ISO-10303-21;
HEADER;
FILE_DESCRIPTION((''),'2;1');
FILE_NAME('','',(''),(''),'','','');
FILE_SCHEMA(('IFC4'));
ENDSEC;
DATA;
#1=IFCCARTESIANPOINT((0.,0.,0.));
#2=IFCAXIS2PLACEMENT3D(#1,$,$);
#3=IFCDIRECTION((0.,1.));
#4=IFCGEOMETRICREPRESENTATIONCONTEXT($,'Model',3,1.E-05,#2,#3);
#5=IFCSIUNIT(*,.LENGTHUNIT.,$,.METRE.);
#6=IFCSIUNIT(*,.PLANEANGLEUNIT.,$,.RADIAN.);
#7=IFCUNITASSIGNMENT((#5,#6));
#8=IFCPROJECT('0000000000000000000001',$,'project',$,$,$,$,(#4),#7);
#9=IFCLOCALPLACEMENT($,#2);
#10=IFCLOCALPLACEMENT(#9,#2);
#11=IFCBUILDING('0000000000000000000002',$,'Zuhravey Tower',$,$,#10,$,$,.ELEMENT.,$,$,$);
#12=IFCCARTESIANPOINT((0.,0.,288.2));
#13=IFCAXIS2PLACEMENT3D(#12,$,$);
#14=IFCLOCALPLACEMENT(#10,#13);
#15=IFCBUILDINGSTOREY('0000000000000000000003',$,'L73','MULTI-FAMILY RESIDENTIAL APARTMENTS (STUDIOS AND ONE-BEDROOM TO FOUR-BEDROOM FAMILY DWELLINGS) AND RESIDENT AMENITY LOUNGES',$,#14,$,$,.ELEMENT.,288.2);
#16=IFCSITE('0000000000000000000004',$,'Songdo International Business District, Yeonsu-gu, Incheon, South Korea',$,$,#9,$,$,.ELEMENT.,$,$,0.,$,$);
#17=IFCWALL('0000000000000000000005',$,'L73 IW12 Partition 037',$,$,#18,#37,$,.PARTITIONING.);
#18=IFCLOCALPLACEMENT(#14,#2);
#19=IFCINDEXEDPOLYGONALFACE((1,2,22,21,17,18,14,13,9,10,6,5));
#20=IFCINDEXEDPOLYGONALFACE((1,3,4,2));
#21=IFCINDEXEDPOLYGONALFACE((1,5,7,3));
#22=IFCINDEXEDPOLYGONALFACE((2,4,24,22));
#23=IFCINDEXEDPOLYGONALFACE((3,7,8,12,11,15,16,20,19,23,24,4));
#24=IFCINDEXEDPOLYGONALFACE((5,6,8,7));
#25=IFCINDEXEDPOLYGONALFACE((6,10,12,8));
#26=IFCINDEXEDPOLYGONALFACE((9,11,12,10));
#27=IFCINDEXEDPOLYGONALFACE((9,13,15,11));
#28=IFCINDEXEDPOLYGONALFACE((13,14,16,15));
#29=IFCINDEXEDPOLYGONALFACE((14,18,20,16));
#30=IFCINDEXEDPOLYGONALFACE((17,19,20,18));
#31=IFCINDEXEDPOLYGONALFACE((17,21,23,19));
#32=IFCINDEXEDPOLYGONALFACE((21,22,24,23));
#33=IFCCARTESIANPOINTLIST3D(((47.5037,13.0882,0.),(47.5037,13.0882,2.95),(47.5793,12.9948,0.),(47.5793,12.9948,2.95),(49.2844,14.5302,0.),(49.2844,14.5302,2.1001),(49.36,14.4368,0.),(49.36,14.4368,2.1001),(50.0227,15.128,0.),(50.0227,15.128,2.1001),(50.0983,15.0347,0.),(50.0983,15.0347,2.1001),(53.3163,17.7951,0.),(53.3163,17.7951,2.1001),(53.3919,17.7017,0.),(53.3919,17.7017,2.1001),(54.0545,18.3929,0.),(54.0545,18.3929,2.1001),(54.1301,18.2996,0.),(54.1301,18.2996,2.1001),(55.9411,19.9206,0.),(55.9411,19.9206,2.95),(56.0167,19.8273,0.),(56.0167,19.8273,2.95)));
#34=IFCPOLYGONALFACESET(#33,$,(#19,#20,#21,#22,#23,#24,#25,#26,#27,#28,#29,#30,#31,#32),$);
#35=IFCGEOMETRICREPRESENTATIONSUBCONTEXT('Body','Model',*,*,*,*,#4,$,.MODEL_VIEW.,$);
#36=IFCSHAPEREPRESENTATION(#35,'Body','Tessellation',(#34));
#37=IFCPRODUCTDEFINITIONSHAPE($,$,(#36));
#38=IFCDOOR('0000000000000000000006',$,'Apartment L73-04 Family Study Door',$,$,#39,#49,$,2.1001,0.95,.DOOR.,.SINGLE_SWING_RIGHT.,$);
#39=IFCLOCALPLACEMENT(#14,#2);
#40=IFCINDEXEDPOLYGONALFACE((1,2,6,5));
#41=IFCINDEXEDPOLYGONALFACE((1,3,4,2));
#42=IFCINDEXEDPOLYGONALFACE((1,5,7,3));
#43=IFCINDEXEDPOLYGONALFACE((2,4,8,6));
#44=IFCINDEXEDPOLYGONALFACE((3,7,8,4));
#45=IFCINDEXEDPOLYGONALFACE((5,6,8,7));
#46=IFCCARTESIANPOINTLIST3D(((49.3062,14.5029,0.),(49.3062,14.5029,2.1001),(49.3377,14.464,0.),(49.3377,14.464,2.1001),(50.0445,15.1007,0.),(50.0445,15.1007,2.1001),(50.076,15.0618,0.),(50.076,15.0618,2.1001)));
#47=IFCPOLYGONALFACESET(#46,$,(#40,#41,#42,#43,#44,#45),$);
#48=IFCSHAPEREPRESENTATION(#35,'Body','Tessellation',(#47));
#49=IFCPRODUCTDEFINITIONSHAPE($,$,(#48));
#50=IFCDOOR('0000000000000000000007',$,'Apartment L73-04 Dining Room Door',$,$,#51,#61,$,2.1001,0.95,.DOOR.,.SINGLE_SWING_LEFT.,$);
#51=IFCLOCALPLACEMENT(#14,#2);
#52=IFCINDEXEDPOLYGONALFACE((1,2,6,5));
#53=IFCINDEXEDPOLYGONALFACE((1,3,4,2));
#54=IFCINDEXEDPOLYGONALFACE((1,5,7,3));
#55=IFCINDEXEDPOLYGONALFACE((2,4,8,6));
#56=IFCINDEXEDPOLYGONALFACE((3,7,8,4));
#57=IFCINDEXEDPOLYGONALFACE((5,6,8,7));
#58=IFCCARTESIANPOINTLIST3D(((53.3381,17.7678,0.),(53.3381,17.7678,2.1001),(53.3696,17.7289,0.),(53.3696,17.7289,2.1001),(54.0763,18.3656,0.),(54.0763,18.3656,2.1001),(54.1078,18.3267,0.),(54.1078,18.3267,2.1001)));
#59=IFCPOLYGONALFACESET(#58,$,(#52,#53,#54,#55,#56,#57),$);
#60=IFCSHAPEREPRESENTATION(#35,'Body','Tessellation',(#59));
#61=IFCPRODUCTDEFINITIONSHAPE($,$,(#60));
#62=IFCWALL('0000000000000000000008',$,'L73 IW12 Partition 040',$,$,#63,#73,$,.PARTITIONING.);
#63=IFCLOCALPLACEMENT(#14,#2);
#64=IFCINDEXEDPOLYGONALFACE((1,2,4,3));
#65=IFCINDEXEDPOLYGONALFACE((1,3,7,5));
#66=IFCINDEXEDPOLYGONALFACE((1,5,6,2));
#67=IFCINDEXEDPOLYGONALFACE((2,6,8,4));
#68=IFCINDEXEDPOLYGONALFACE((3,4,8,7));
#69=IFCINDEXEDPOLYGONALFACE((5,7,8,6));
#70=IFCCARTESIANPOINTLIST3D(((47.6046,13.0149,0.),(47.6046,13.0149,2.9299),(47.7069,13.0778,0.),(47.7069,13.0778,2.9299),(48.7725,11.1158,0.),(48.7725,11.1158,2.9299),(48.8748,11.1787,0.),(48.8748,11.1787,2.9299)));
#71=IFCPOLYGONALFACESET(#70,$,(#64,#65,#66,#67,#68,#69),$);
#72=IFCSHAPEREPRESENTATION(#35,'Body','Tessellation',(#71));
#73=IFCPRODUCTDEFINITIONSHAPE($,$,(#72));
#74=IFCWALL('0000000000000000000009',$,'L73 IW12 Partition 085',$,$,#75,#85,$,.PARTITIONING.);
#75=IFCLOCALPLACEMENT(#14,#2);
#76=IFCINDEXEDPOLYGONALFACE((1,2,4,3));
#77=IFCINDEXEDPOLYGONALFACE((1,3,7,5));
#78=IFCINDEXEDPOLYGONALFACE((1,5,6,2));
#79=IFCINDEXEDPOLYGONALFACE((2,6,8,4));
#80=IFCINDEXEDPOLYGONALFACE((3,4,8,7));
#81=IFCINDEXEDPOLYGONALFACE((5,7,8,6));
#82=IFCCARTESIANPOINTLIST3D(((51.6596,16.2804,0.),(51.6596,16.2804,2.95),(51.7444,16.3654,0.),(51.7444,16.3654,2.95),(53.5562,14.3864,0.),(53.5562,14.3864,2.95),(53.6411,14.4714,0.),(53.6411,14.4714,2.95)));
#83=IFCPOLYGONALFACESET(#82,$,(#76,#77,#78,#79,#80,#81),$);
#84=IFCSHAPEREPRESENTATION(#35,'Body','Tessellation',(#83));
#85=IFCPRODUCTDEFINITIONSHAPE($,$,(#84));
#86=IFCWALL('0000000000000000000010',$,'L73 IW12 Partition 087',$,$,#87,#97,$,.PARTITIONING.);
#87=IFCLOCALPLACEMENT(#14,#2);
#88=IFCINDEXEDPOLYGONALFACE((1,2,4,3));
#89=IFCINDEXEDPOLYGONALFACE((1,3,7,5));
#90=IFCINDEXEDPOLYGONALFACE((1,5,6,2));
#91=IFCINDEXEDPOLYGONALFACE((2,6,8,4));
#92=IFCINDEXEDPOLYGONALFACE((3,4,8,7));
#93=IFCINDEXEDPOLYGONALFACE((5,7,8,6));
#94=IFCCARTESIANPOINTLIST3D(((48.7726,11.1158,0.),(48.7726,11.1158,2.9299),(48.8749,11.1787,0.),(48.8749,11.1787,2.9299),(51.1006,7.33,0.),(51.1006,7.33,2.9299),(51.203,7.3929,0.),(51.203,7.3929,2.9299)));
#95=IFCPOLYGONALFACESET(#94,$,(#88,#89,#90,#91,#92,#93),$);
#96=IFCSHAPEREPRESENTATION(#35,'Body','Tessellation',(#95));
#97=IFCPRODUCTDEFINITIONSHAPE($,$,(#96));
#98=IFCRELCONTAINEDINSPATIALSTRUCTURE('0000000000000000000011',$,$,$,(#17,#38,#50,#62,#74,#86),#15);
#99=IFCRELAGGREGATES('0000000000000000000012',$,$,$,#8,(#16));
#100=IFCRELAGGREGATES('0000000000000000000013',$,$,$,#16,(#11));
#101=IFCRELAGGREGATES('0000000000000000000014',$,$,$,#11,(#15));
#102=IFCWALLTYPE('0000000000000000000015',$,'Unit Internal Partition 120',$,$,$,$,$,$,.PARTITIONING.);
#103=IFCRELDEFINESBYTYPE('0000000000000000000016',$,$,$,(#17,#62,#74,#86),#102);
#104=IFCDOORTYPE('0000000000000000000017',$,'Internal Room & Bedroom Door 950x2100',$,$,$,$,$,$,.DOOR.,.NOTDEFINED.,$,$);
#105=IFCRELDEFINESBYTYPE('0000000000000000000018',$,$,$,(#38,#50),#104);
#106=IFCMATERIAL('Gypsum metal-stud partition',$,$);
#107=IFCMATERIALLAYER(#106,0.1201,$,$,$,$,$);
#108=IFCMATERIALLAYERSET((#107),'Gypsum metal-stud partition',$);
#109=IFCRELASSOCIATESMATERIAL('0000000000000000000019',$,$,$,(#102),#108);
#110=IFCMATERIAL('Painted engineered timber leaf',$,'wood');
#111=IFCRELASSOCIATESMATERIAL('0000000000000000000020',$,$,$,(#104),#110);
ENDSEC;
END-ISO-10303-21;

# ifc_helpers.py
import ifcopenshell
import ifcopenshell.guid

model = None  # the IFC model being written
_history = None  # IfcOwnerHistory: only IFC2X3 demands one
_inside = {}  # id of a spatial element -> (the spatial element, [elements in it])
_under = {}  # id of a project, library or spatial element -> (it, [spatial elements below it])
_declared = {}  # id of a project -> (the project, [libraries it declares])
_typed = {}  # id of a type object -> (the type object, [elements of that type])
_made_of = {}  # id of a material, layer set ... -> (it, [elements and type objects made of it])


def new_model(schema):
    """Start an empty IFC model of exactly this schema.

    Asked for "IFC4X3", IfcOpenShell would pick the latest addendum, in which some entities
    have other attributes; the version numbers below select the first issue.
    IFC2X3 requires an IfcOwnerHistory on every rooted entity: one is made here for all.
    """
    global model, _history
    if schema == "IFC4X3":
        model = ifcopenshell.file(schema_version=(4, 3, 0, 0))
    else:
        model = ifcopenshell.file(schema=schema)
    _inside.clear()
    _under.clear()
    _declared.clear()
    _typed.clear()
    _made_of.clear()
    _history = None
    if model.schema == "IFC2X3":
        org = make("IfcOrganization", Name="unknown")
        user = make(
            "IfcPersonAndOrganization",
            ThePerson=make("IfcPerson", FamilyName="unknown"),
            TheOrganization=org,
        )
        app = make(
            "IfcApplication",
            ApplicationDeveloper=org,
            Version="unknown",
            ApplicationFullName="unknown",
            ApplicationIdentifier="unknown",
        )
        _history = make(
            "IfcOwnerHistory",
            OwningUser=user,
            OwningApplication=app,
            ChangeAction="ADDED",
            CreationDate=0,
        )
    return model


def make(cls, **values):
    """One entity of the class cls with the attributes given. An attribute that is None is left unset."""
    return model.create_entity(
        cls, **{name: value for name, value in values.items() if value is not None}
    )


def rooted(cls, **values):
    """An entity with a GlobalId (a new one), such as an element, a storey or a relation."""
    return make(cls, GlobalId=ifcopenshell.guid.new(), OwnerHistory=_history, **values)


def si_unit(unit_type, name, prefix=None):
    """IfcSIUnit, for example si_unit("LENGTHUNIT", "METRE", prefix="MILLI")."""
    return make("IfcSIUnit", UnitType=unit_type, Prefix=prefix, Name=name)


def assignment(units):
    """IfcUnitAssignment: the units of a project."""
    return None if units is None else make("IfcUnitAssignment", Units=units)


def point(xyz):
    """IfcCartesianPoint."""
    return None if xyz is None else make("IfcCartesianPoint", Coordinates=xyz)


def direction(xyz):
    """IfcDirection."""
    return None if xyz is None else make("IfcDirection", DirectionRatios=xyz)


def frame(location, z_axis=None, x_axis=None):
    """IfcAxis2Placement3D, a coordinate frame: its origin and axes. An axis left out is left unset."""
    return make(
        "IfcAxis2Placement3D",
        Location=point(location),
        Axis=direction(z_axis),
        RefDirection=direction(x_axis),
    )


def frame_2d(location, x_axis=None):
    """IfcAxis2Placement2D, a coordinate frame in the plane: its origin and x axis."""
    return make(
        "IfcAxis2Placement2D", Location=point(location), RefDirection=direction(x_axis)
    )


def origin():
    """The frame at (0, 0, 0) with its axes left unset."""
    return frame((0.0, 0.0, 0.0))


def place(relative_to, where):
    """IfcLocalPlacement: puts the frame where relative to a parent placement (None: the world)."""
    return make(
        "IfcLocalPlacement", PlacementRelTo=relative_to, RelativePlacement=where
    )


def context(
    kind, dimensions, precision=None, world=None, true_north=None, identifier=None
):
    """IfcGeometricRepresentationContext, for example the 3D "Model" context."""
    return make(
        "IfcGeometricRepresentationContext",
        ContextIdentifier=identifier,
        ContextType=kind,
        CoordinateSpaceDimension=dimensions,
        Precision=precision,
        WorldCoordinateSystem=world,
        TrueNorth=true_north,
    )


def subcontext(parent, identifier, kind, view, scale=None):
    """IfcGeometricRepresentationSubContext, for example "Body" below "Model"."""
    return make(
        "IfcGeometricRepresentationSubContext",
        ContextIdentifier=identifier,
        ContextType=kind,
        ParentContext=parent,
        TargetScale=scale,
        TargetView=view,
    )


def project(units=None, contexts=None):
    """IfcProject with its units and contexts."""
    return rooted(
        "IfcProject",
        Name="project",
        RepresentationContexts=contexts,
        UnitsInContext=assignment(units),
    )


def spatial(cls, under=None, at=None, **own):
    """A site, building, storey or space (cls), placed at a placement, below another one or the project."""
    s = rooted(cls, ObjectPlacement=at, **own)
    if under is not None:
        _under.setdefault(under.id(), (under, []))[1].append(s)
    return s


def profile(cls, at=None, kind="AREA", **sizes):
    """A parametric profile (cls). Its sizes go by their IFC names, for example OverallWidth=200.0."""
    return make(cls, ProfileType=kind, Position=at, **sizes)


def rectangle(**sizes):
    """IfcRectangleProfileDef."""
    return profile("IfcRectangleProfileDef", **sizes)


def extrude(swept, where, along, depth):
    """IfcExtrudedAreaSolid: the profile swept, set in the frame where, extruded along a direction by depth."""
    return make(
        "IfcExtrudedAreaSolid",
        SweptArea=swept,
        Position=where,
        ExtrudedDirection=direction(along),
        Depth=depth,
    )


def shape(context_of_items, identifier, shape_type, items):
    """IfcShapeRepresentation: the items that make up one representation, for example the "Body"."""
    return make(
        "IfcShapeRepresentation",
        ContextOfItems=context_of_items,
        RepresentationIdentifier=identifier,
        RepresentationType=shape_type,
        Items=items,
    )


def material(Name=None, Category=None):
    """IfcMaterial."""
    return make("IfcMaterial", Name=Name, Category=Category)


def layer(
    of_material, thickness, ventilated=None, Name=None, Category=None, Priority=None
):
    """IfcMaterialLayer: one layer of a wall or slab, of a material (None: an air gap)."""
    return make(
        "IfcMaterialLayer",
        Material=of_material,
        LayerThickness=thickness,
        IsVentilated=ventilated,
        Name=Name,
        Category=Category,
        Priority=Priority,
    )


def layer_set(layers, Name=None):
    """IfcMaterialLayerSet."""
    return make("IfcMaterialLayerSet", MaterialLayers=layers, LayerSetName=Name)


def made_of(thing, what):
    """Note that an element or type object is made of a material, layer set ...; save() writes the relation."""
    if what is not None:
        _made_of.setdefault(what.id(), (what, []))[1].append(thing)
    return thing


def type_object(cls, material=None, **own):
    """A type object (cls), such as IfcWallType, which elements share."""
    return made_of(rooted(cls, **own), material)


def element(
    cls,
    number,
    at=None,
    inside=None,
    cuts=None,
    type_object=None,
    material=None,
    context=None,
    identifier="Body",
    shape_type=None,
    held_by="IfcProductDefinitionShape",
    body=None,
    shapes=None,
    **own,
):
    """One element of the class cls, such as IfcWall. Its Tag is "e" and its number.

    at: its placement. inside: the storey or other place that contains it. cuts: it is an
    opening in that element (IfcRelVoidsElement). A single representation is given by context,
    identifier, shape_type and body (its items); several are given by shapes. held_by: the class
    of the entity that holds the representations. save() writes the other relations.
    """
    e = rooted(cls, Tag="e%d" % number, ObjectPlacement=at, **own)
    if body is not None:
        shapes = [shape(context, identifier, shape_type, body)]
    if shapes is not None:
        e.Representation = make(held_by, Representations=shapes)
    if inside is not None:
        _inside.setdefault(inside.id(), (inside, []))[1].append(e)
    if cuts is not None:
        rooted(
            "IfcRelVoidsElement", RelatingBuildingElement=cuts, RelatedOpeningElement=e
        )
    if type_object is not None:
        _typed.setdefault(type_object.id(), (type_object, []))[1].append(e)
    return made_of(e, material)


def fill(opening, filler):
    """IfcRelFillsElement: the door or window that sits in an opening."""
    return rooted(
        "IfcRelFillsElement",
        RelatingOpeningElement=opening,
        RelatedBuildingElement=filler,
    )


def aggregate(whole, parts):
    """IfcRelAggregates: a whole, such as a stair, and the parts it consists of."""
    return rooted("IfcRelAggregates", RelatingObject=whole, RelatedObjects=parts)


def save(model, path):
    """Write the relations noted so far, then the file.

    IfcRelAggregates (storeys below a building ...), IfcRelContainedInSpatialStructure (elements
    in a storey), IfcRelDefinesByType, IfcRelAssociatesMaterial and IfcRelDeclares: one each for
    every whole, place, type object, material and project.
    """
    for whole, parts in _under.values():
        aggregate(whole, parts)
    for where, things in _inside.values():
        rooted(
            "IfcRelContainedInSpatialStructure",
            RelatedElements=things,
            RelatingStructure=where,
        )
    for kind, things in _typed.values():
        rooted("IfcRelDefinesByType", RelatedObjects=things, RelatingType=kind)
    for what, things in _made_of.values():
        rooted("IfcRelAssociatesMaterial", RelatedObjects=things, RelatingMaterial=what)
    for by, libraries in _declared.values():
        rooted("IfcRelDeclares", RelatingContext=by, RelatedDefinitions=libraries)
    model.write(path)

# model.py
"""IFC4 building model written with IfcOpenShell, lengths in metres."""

from ifc_helpers import new_model, si_unit, direction, frame, frame_2d, origin, place, context, subcontext, project, spatial, rectangle, extrude, material, layer, layer_set, type_object, element, fill, save


model = new_model("IFC4")

# Units and contexts
model_context = context("Model", 3, precision=1e-05, world=origin(), true_north=direction((0.0, 1.0)))
body_context = subcontext(model_context, "Body", "Model", "MODEL_VIEW")
ifc_project = project(units=[si_unit("LENGTHUNIT", "METRE"), si_unit("PLANEANGLEUNIT", "RADIAN")], contexts=[model_context])

# Site, building, storey
site_placement = place(None, origin())
site = spatial("IfcSite", under=ifc_project, at=site_placement, Name="Songdo International Business District, Yeonsu-gu, Incheon, South Korea", CompositionType="ELEMENT", RefElevation=0.0)
building_placement = place(site_placement, origin())
building = spatial("IfcBuilding", under=site, at=building_placement, Name="Zuhravey Tower", CompositionType="ELEMENT")
storey_placement = place(building_placement, frame((0.0, 0.0, 288.2)))
storey = spatial("IfcBuildingStorey", under=building, at=storey_placement, Name="L73", Description="MULTI-FAMILY RESIDENTIAL APARTMENTS (STUDIOS AND ONE-BEDROOM TO FOUR-BEDROOM FAMILY DWELLINGS) AND RESIDENT AMENITY LOUNGES", CompositionType="ELEMENT", Elevation=288.2)

# Wall, openings, doors
ifc_material_1 = material(Name="Gypsum metal-stud partition")
ifc_layer_1 = layer(ifc_material_1, 0.1201)
ifc_layer_set_1 = layer_set([ifc_layer_1], Name="Gypsum metal-stud partition")
wall_type_1 = type_object("IfcWallType", Name="Unit Internal Partition 120", PredefinedType="PARTITIONING", material=ifc_layer_set_1)
wall_1_placement = place(storey_placement, frame((47.5415, 13.0415, 0.0), z_axis=(0.0, 0.0, 1.0), x_axis=(0.777147, 0.629319, 0.0)))
wall_1 = element("IfcWall", 1, at=wall_1_placement, inside=storey, type_object=wall_type_1, Name="L73 IW12 Partition 037", PredefinedType="PARTITIONING", context=body_context, shape_type="SweptSolid", body=[
    extrude(rectangle(XDim=10.8569, YDim=0.1201, at=frame_2d((5.4285, 0.0))), origin(), (0.0, 0.0, 1.0), 2.95),
])
opening_1_placement = place(wall_1_placement, frame((2.2913, 0.0, 0.0)))
opening_1 = element("IfcOpeningElement", 2, at=opening_1_placement, cuts=wall_1, PredefinedType="OPENING", context=body_context, shape_type="SweptSolid", body=[
    extrude(rectangle(XDim=0.95, YDim=2.1001, at=frame_2d((0.4751, 1.05))), frame((0.0, 0.072, 0.0), z_axis=(0.0, -1.0, 0.0), x_axis=(1.0, 0.0, 0.0)), (0.0, 0.0, 1.0), 0.144),
])
opening_2_placement = place(wall_1_placement, frame((7.4792, 0.0, 0.0)))
opening_2 = element("IfcOpeningElement", 3, at=opening_2_placement, cuts=wall_1, PredefinedType="OPENING", context=body_context, shape_type="SweptSolid", body=[
    extrude(rectangle(XDim=0.95, YDim=2.1001, at=frame_2d((0.4751, 1.05))), frame((0.0, 0.072, 0.0), z_axis=(0.0, -1.0, 0.0), x_axis=(1.0, 0.0, 0.0)), (0.0, 0.0, 1.0), 0.144),
])
ifc_material_2 = material(Name="Painted engineered timber leaf", Category="wood")
door_type = type_object("IfcDoorType", Name="Internal Room & Bedroom Door 950x2100", OperationType="NOTDEFINED", PredefinedType="DOOR", material=ifc_material_2)
door_1_placement = place(opening_1_placement, frame((0.95, 0.0, 0.0), z_axis=(0.0, 0.0, 1.0), x_axis=(-1.0, 0.0, 0.0)))
door_1 = element("IfcDoor", 4, at=door_1_placement, inside=storey, type_object=door_type, Name="Apartment L73-04 Family Study Door", OperationType="SINGLE_SWING_RIGHT", OverallHeight=2.1001, OverallWidth=0.95, PredefinedType="DOOR", context=body_context, shape_type="SweptSolid", body=[
    extrude(rectangle(XDim=0.95, YDim=2.1001, at=frame_2d((0.4751, 1.05))), frame((0.0, 0.0249, 0.0), z_axis=(0.0, -1.0, 0.0), x_axis=(1.0, 0.0, 0.0)), (0.0, 0.0, 1.0), 0.05),
])
fill(opening_1, door_1)
door_2_placement = place(opening_2_placement, frame((0.95, 0.0, 0.0), z_axis=(0.0, 0.0, 1.0), x_axis=(-1.0, 0.0, 0.0)))
door_2 = element("IfcDoor", 5, at=door_2_placement, inside=storey, type_object=door_type, Name="Apartment L73-04 Dining Room Door", OperationType="SINGLE_SWING_LEFT", OverallHeight=2.1001, OverallWidth=0.95, PredefinedType="DOOR", context=body_context, shape_type="SweptSolid", body=[
    extrude(rectangle(XDim=0.95, YDim=2.1001, at=frame_2d((0.4751, 1.05))), frame((0.0, 0.0249, 0.0), z_axis=(0.0, -1.0, 0.0), x_axis=(1.0, 0.0, 0.0)), (0.0, 0.0, 1.0), 0.05),
])
fill(opening_2, door_2)

# Walls
wall_2_placement = place(storey_placement, frame((47.6558, 13.0464, 0.0), z_axis=(0.0, 0.0, 1.0), x_axis=(0.523853, -0.851809, 0.0)))
element("IfcWall", 6, at=wall_2_placement, inside=storey, type_object=wall_type_1, Name="L73 IW12 Partition 040", PredefinedType="PARTITIONING", context=body_context, shape_type="SweptSolid", body=[
    extrude(rectangle(XDim=2.2295, YDim=0.1201, at=frame_2d((1.1147, 0.0))), origin(), (0.0, 0.0, 1.0), 2.9299),
])
wall_3_placement = place(storey_placement, frame((51.7019, 16.323, 0.0), z_axis=(0.0, 0.0, 1.0), x_axis=(0.707608, -0.706606, 0.0)))
element("IfcWall", 7, at=wall_3_placement, inside=storey, type_object=wall_type_1, Name="L73 IW12 Partition 085", PredefinedType="PARTITIONING", context=body_context, shape_type="SweptSolid", body=[
    extrude(rectangle(XDim=2.6804, YDim=0.1201, at=frame_2d((1.3403, 0.0))), origin(), (0.0, 0.0, 1.0), 2.95),
])
wall_4_placement = place(storey_placement, frame((48.8237, 11.1472, 0.0), z_axis=(0.0, 0.0, 1.0), x_axis=(0.523828, -0.851824, 0.0)))
element("IfcWall", 8, at=wall_4_placement, inside=storey, type_object=wall_type_1, Name="L73 IW12 Partition 087", PredefinedType="PARTITIONING", context=body_context, shape_type="SweptSolid", body=[
    extrude(rectangle(XDim=4.4443, YDim=0.1201, at=frame_2d((2.2222, 0.0))), origin(), (0.0, 0.0, 1.0), 2.9299),
])

save(model, "model.ifc")
